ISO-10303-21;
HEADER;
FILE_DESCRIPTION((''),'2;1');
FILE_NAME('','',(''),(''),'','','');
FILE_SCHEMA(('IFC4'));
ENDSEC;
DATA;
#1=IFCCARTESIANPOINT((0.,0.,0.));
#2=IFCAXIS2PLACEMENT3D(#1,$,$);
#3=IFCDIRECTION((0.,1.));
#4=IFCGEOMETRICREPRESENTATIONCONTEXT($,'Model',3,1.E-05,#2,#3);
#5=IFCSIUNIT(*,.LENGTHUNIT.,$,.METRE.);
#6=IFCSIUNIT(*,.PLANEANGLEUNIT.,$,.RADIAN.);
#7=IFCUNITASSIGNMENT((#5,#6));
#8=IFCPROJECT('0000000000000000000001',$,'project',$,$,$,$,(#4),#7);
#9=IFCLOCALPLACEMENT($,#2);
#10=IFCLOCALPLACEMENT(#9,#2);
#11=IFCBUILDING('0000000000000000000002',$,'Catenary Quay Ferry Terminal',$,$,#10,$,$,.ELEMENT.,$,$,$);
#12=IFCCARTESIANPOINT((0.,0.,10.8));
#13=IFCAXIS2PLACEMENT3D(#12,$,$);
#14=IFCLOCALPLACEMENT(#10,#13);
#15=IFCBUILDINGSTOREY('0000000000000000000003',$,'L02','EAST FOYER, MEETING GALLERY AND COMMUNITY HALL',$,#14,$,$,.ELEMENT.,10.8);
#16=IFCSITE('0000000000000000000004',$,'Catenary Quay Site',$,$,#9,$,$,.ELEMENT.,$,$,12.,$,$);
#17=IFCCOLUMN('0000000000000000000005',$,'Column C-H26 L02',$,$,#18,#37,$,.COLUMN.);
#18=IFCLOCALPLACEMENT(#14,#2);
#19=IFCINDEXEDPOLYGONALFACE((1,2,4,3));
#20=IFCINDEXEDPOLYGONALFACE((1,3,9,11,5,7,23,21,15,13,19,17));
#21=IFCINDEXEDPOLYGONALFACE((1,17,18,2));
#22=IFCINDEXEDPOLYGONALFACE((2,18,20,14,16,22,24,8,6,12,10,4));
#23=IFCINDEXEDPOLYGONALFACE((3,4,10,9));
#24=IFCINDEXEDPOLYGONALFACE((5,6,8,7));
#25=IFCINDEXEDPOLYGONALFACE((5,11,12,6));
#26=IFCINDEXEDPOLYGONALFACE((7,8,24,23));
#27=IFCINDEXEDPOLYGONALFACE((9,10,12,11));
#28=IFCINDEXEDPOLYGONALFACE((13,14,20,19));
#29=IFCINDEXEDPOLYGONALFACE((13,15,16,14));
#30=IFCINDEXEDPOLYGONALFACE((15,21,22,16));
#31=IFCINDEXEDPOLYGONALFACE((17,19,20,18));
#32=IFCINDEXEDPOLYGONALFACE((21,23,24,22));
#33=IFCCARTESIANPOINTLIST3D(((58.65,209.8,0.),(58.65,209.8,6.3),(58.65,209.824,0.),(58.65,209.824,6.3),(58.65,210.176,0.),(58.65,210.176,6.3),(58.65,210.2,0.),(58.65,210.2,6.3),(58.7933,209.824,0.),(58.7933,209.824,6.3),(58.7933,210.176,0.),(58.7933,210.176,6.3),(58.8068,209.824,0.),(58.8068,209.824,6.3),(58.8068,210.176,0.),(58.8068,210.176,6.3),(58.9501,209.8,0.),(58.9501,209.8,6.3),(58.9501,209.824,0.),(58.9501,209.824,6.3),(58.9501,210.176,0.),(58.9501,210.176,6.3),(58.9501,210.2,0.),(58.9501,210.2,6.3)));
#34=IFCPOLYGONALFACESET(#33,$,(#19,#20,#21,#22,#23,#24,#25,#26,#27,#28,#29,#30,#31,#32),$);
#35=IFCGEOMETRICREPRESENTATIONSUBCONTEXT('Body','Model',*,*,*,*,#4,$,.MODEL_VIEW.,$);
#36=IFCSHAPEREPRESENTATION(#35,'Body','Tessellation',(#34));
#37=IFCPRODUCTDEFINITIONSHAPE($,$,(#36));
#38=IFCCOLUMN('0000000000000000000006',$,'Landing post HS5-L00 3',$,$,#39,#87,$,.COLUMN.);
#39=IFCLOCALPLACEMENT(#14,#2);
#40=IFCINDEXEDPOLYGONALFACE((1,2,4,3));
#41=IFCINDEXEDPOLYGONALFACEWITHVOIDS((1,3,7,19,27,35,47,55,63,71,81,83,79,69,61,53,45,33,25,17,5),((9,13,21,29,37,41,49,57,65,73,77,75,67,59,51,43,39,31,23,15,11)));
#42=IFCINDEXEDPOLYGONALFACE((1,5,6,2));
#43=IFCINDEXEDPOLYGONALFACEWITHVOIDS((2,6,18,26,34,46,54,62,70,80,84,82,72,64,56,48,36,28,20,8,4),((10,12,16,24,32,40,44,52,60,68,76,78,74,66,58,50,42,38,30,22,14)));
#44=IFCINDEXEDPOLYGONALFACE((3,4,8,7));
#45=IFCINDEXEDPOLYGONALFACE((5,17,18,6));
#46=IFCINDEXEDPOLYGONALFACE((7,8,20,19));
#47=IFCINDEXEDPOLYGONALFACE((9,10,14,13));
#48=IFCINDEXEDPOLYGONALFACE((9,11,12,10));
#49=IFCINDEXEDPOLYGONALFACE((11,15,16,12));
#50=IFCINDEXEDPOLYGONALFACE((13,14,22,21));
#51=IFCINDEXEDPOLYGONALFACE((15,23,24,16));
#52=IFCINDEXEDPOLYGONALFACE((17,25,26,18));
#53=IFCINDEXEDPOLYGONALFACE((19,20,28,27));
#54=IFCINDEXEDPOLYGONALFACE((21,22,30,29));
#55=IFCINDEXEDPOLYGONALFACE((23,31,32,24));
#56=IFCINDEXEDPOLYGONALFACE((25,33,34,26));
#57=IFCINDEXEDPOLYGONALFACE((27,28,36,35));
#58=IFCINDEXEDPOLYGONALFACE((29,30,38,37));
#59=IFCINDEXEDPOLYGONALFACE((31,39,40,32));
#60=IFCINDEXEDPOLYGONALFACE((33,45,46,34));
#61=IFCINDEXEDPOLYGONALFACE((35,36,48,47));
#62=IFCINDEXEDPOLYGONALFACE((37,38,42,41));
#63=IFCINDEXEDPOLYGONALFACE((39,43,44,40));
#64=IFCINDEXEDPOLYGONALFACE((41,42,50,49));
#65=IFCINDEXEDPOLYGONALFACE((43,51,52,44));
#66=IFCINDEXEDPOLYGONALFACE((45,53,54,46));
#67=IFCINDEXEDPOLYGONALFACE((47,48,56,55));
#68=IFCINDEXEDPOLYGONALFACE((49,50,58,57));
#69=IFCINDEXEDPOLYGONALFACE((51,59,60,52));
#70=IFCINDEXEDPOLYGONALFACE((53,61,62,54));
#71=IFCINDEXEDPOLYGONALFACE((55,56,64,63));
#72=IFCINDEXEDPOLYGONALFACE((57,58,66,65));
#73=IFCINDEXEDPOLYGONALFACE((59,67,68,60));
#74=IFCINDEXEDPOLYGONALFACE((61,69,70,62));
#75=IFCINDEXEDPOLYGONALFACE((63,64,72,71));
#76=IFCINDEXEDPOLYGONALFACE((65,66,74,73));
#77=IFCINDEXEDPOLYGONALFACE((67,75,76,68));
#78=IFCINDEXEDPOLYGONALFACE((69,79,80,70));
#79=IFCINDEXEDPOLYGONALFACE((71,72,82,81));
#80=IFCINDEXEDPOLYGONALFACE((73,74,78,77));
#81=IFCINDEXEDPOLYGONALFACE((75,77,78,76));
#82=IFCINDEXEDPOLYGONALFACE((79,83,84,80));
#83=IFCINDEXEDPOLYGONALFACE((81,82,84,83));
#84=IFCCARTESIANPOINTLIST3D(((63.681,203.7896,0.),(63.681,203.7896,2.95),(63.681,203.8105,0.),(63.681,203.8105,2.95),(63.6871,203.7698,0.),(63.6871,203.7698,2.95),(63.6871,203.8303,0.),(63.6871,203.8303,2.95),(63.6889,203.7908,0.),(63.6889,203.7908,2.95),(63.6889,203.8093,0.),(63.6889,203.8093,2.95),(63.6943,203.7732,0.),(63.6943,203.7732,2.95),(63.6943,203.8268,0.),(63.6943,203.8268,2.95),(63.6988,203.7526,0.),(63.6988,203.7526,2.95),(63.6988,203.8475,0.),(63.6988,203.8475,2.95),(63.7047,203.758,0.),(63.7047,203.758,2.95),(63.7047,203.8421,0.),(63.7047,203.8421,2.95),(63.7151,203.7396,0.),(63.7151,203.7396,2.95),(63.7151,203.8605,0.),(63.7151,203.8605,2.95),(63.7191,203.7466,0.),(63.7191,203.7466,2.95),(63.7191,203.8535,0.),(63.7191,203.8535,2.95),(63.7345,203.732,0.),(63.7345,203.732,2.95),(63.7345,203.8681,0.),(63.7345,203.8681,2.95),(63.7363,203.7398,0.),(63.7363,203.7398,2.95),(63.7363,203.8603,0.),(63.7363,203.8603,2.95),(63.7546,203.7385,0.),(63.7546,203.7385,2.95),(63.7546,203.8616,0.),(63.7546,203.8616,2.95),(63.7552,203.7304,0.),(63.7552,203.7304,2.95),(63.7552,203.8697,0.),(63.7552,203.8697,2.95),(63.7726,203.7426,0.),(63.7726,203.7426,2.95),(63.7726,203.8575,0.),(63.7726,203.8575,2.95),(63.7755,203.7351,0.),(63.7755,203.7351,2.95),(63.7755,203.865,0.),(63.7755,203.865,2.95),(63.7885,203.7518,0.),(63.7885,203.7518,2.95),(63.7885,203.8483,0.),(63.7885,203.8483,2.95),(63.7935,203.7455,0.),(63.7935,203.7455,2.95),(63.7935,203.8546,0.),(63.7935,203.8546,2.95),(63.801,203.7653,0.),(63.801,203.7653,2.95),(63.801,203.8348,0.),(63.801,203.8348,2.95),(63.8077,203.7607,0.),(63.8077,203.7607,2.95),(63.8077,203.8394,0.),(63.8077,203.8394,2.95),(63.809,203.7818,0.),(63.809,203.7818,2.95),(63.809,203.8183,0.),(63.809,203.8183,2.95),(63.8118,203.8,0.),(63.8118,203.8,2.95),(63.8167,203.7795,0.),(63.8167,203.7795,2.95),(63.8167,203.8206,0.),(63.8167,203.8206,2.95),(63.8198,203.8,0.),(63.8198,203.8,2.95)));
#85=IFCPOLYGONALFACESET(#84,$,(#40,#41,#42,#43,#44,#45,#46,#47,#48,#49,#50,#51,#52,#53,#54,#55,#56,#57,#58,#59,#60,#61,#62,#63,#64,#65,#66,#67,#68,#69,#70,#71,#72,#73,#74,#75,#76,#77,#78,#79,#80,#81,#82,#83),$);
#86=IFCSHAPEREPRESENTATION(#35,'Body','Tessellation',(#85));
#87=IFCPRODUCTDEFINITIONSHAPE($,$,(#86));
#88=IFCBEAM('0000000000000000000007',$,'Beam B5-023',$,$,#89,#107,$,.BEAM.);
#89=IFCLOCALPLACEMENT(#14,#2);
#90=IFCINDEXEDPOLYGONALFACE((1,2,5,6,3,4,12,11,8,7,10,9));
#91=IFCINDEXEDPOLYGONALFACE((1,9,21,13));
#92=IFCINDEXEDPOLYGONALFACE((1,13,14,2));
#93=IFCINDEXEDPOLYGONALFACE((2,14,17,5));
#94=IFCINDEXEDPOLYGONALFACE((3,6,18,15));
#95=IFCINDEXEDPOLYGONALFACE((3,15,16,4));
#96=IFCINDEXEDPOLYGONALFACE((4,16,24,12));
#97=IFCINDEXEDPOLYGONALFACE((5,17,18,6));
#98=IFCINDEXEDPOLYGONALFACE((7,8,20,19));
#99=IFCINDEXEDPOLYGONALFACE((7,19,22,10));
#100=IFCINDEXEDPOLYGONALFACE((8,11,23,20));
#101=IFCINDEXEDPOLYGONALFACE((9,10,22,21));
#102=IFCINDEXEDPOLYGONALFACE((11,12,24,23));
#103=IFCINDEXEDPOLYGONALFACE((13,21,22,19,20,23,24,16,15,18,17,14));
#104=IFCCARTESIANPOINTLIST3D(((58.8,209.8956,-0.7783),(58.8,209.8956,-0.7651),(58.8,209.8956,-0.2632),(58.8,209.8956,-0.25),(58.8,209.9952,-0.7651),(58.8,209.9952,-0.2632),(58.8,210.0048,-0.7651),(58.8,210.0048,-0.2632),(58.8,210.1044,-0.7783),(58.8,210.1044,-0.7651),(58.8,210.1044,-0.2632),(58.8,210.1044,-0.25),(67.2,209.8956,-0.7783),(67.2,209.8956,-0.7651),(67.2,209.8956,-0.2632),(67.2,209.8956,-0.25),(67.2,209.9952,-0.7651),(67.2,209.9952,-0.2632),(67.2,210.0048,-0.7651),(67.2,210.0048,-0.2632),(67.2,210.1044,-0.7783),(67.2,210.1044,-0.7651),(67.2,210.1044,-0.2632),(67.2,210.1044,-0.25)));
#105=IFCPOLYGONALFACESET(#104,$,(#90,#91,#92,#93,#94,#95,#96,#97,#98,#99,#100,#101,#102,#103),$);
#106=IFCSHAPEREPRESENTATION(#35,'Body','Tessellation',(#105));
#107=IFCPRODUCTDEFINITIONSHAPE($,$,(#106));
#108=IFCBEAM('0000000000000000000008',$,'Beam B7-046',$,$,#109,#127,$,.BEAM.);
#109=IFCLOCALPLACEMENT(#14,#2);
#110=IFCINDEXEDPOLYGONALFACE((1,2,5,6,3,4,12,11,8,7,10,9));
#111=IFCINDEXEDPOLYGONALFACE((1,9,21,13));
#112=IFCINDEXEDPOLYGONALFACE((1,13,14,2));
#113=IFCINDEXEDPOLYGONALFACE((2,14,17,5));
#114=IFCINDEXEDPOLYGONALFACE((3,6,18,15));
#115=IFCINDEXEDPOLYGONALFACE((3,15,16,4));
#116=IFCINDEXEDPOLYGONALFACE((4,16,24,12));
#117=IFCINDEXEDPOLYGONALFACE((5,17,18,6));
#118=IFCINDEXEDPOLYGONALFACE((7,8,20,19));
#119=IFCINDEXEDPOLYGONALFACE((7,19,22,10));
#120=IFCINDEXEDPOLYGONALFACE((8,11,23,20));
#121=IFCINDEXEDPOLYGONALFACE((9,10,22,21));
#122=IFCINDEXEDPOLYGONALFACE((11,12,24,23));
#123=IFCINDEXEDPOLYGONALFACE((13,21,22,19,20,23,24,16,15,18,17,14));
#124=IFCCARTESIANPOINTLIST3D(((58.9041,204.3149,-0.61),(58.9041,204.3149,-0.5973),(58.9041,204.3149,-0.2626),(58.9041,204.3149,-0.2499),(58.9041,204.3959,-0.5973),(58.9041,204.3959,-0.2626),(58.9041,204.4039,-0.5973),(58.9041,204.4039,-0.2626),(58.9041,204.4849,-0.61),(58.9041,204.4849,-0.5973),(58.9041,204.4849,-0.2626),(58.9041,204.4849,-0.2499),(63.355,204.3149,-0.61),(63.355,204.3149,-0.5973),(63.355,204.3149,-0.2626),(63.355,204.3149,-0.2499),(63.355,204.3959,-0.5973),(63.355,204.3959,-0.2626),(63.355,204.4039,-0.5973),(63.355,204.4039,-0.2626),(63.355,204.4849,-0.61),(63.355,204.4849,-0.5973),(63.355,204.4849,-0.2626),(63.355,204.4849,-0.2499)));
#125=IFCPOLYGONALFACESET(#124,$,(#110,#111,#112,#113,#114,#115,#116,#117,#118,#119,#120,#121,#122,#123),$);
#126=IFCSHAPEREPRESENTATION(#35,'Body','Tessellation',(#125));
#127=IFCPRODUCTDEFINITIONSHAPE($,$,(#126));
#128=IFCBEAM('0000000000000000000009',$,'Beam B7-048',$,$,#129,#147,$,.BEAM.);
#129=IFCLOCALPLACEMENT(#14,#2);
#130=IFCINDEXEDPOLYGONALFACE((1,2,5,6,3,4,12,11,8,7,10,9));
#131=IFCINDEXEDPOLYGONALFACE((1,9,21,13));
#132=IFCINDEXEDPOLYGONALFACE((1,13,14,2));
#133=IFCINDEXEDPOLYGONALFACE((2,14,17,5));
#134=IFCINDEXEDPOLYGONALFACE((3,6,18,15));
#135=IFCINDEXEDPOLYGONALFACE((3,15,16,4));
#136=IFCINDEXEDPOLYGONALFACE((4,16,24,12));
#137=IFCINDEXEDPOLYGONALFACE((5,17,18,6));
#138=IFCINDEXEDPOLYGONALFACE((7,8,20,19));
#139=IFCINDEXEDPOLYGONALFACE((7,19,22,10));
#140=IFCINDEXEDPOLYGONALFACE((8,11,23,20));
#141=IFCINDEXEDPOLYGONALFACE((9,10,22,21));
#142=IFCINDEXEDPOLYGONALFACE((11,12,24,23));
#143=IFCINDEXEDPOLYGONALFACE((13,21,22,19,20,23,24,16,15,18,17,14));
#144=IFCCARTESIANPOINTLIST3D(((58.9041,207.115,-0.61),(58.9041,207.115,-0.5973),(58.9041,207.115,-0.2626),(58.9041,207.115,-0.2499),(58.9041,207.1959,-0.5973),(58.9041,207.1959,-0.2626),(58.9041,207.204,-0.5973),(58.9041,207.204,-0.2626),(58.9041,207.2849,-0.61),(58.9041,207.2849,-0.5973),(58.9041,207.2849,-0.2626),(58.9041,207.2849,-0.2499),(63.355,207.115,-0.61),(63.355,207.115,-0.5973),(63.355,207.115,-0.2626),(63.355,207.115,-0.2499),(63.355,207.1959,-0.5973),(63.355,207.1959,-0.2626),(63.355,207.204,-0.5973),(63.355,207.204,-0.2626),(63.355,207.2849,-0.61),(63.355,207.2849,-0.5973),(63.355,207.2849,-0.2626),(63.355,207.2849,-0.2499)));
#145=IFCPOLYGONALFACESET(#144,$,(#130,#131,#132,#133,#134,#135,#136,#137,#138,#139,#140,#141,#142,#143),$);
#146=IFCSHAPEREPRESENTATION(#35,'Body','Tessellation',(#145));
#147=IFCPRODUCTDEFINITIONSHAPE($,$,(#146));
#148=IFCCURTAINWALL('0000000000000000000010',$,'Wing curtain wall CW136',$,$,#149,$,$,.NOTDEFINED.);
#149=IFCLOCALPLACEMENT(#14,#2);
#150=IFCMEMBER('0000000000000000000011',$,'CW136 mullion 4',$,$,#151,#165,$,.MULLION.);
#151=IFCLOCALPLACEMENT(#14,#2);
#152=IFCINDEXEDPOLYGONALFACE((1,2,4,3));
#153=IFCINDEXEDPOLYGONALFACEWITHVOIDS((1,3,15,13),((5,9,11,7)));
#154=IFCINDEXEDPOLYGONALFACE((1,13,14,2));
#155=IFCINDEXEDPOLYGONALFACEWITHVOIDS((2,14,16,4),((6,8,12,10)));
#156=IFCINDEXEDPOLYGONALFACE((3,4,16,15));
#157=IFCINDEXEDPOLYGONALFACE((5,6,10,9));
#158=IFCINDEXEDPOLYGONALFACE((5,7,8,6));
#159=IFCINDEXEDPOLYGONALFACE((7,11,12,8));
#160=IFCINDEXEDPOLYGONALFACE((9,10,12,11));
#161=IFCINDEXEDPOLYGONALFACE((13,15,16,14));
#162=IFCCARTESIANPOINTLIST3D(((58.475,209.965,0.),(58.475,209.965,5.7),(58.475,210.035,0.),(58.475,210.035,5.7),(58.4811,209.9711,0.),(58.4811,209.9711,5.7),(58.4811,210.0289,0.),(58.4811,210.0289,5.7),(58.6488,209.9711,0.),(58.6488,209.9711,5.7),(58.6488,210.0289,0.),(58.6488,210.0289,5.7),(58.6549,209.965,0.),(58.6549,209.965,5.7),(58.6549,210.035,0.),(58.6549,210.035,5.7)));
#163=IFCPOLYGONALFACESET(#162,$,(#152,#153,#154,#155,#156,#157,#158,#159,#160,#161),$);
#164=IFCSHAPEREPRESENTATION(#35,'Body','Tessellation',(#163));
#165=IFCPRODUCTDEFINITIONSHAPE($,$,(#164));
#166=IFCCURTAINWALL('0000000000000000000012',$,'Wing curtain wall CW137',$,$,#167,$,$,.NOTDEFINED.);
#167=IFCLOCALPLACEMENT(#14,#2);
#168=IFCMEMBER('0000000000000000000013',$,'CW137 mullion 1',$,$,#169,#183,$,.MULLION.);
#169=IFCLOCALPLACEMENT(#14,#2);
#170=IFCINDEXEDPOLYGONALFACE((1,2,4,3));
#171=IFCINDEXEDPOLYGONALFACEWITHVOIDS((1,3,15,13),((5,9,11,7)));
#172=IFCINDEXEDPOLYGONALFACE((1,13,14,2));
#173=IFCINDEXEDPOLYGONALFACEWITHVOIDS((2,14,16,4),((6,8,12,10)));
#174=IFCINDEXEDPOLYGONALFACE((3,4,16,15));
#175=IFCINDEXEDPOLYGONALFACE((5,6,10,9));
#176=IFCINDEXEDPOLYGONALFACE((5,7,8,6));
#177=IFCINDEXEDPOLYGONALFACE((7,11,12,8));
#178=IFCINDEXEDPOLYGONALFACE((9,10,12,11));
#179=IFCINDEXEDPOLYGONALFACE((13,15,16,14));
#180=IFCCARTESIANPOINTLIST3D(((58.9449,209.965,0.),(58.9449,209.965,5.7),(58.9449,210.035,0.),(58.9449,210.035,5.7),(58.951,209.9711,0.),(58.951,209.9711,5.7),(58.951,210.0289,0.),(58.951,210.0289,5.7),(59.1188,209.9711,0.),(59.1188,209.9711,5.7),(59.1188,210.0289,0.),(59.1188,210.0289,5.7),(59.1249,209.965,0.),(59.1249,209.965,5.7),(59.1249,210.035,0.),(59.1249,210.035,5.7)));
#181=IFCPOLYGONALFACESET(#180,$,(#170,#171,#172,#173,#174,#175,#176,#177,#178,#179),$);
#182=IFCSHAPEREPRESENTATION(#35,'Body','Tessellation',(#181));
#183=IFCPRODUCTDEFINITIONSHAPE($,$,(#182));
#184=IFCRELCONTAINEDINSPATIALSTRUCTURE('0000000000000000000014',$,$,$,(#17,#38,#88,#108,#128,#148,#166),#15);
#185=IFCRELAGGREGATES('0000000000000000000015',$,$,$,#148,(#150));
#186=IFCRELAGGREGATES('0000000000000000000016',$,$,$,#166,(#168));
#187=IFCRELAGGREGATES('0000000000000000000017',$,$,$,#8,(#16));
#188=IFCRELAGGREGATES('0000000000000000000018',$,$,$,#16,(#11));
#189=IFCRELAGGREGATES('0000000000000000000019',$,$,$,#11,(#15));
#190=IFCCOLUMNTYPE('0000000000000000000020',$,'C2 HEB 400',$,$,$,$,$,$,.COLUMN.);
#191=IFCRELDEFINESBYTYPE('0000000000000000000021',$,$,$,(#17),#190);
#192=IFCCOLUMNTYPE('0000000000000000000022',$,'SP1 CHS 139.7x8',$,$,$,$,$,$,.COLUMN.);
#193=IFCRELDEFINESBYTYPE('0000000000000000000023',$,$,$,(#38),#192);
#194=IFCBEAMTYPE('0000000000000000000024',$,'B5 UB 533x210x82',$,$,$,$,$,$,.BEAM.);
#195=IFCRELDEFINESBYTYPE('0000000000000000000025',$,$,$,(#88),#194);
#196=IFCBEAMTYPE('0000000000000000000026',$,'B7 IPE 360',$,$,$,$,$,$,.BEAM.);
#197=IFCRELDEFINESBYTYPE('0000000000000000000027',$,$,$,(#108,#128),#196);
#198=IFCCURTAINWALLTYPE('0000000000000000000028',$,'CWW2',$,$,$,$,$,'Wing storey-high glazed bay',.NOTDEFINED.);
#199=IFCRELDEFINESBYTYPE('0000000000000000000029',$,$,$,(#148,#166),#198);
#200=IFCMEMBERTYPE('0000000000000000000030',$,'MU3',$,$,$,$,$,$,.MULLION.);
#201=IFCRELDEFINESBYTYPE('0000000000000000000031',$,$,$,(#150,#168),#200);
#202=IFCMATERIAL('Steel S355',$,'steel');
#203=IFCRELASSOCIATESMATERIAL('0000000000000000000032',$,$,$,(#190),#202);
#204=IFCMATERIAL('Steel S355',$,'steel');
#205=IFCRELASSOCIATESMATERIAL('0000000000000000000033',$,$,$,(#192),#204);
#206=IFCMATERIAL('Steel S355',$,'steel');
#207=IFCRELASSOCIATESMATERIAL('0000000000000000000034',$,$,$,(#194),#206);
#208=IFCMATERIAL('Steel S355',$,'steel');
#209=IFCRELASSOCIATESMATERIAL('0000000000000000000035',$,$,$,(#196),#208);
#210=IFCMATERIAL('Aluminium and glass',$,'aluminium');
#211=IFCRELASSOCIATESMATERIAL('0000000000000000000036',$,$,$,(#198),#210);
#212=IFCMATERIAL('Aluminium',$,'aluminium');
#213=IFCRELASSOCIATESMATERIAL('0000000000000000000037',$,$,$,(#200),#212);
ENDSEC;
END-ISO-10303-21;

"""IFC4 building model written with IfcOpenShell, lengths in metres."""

from ifc_helpers import new_model, si_unit, direction, frame, origin, origin_2d, place, context, subcontext, project, spatial, hollow_rectangle, hollow_circle, i_section, extrude, material, material_profile, profile_set, type_object, element, aggregate, save


model = new_model("IFC4")

# Units and contexts
model_context = context("Model", 3, precision=1e-05, world=origin(), true_north=direction((0.0, 1.0)))
body_context = subcontext(model_context, "Body", "Model", "MODEL_VIEW")
ifc_project = project(units=[si_unit("LENGTHUNIT", "METRE"), si_unit("PLANEANGLEUNIT", "RADIAN")], contexts=[model_context])

# Site, building, storey
site_placement = place(None, origin())
site = spatial("IfcSite", under=ifc_project, at=site_placement, Name="Catenary Quay Site", CompositionType="ELEMENT", RefElevation=12.0)
building_placement = place(site_placement, origin())
building = spatial("IfcBuilding", under=site, at=building_placement, Name="Catenary Quay Ferry Terminal", CompositionType="ELEMENT")
storey_placement = place(building_placement, frame((0.0, 0.0, 10.8)))
storey = spatial("IfcBuildingStorey", under=building, at=storey_placement, Name="L02", Description="EAST FOYER, MEETING GALLERY AND COMMUNITY HALL", CompositionType="ELEMENT", Elevation=10.8)

# Columns
ifc_material_1 = material(Name="Steel S355", Category="steel")
ifc_material_profile_1 = material_profile(ifc_material_1, i_section(OverallWidth=0.3, OverallDepth=0.3999, WebThickness=0.0134, FlangeThickness=0.0239, at=origin_2d()), Name="HEB 400")
ifc_profile_set_1 = profile_set([ifc_material_profile_1], Name="Steel S355")
column_type_1 = type_object("IfcColumnType", Name="C2 HEB 400", PredefinedType="COLUMN", material=ifc_profile_set_1)
column_1_placement = place(storey_placement, frame((58.8, 210.0, 0.0), z_axis=(0.0, 0.0, 1.0), x_axis=(1.0, 0.0, 0.0)))
element("IfcColumn", 1, at=column_1_placement, inside=storey, type_object=column_type_1, Name="Column C-H26 L02", PredefinedType="COLUMN", context=body_context, shape_type="SweptSolid", body=[
    extrude(i_section(OverallWidth=0.3, OverallDepth=0.3999, WebThickness=0.0134, FlangeThickness=0.0239, at=origin_2d()), origin(), (0.0, 0.0, 1.0), 6.3),
])
ifc_material_2 = material(Name="Steel S355", Category="steel")
ifc_material_profile_2 = material_profile(ifc_material_2, hollow_circle(Radius=0.0698, WallThickness=0.0081, at=origin_2d()), Name="CHS 139.7x8")
ifc_profile_set_2 = profile_set([ifc_material_profile_2], Name="Steel S355")
column_type_2 = type_object("IfcColumnType", Name="SP1 CHS 139.7x8", PredefinedType="COLUMN", material=ifc_profile_set_2)
column_2_placement = place(storey_placement, frame((63.75, 203.8, 0.0), z_axis=(0.0, 0.0, 1.0), x_axis=(1.0, 0.0, 0.0)))
element("IfcColumn", 2, at=column_2_placement, inside=storey, type_object=column_type_2, Name="Landing post HS5-L00 3", PredefinedType="COLUMN", context=body_context, shape_type="SweptSolid", body=[
    extrude(hollow_circle(Radius=0.0698, WallThickness=0.0081, at=origin_2d()), origin(), (0.0, 0.0, 1.0), 2.95),
])

# Beams
ifc_material_3 = material(Name="Steel S355", Category="steel")
ifc_material_profile_3 = material_profile(ifc_material_3, i_section(OverallWidth=0.2087, OverallDepth=0.5283, WebThickness=0.0095, FlangeThickness=0.0132, at=origin_2d()), Name="UB 533x210x82")
ifc_profile_set_3 = profile_set([ifc_material_profile_3], Name="Steel S355")
beam_type_1 = type_object("IfcBeamType", Name="B5 UB 533x210x82", PredefinedType="BEAM", material=ifc_profile_set_3)
beam_placement = place(storey_placement, frame((58.8, 210.0, -0.5142), z_axis=(1.0, 0.0, 0.0), x_axis=(0.0, 1.0, 0.0)))
element("IfcBeam", 3, at=beam_placement, inside=storey, type_object=beam_type_1, Name="Beam B5-023", PredefinedType="BEAM", context=body_context, shape_type="SweptSolid", body=[
    extrude(i_section(OverallWidth=0.2087, OverallDepth=0.5283, WebThickness=0.0095, FlangeThickness=0.0132, at=origin_2d()), origin(), (0.0, 0.0, 1.0), 8.3999),
])
ifc_material_4 = material(Name="Steel S355", Category="steel")
ifc_material_profile_4 = material_profile(ifc_material_4, i_section(OverallWidth=0.1699, OverallDepth=0.3601, WebThickness=0.0081, FlangeThickness=0.0127, at=origin_2d()), Name="IPE 360")
ifc_profile_set_4 = profile_set([ifc_material_profile_4], Name="Steel S355")
beam_type_2 = type_object("IfcBeamType", Name="B7 IPE 360", PredefinedType="BEAM", material=ifc_profile_set_4)
for number, where, z_axis, x_axis, name in (
    (4, (58.9041, 204.3999, -0.4299), (1.0, 0.0, 0.0), (0.0, 1.0, 0.0), "Beam B7-046"),
    (5, (58.9041, 207.2, -0.4299), (1.0, 0.0, 0.0), (0.0, 1.0, 0.0), "Beam B7-048"),
):
    element("IfcBeam", number, at=place(storey_placement, frame(where, z_axis=z_axis, x_axis=x_axis)), inside=storey, type_object=beam_type_2, Name=name, PredefinedType="BEAM", context=body_context, shape_type="SweptSolid", body=[
        extrude(i_section(OverallWidth=0.1699, OverallDepth=0.3601, WebThickness=0.0081, FlangeThickness=0.0127, at=origin_2d()), origin(), (0.0, 0.0, 1.0), 4.4509),
    ])

# Curtain wall, member
ifc_material_5 = material(Name="Aluminium and glass", Category="aluminium")
curtain_wall_type = type_object("IfcCurtainWallType", Name="CWW2", ElementType="Wing storey-high glazed bay", PredefinedType="NOTDEFINED", material=ifc_material_5)
curtain_wall_1_placement = place(storey_placement, origin())
curtain_wall_1 = element("IfcCurtainWall", 6, at=curtain_wall_1_placement, inside=storey, type_object=curtain_wall_type, Name="Wing curtain wall CW136", PredefinedType="NOTDEFINED")
ifc_material_6 = material(Name="Aluminium", Category="aluminium")
ifc_material_profile_5 = material_profile(ifc_material_6, hollow_rectangle(XDim=0.0701, YDim=0.1799, WallThickness=0.0061, at=origin_2d()), Name="MU3")
ifc_profile_set_5 = profile_set([ifc_material_profile_5], Name="Aluminium")
member_type_1 = type_object("IfcMemberType", Name="MU3", PredefinedType="MULLION", material=ifc_profile_set_5)
member_1_placement = place(storey_placement, frame((58.5649, 210.0, 0.0), z_axis=(0.0, 0.0, 1.0), x_axis=(0.0, 1.0, 0.0)))
member_1 = element("IfcMember", 7, at=member_1_placement, type_object=member_type_1, Name="CW136 mullion 4", PredefinedType="MULLION", context=body_context, shape_type="SweptSolid", body=[
    extrude(hollow_rectangle(XDim=0.0701, YDim=0.1799, WallThickness=0.0061, at=origin_2d()), origin(), (0.0, 0.0, 1.0), 5.7),
])

# Curtain wall, member
curtain_wall_2_placement = place(storey_placement, origin())
curtain_wall_2 = element("IfcCurtainWall", 8, at=curtain_wall_2_placement, inside=storey, type_object=curtain_wall_type, Name="Wing curtain wall CW137", PredefinedType="NOTDEFINED")
member_2_placement = place(storey_placement, frame((59.0349, 210.0, 0.0), z_axis=(0.0, 0.0, 1.0), x_axis=(0.0, 1.0, 0.0)))
member_2 = element("IfcMember", 9, at=member_2_placement, type_object=member_type_1, Name="CW137 mullion 1", PredefinedType="MULLION", context=body_context, shape_type="SweptSolid", body=[
    extrude(hollow_rectangle(XDim=0.0701, YDim=0.1799, WallThickness=0.0061, at=origin_2d()), origin(), (0.0, 0.0, 1.0), 5.7),
])

aggregate(curtain_wall_1, [member_1])
aggregate(curtain_wall_2, [member_2])

save(model, "model.ifc")
